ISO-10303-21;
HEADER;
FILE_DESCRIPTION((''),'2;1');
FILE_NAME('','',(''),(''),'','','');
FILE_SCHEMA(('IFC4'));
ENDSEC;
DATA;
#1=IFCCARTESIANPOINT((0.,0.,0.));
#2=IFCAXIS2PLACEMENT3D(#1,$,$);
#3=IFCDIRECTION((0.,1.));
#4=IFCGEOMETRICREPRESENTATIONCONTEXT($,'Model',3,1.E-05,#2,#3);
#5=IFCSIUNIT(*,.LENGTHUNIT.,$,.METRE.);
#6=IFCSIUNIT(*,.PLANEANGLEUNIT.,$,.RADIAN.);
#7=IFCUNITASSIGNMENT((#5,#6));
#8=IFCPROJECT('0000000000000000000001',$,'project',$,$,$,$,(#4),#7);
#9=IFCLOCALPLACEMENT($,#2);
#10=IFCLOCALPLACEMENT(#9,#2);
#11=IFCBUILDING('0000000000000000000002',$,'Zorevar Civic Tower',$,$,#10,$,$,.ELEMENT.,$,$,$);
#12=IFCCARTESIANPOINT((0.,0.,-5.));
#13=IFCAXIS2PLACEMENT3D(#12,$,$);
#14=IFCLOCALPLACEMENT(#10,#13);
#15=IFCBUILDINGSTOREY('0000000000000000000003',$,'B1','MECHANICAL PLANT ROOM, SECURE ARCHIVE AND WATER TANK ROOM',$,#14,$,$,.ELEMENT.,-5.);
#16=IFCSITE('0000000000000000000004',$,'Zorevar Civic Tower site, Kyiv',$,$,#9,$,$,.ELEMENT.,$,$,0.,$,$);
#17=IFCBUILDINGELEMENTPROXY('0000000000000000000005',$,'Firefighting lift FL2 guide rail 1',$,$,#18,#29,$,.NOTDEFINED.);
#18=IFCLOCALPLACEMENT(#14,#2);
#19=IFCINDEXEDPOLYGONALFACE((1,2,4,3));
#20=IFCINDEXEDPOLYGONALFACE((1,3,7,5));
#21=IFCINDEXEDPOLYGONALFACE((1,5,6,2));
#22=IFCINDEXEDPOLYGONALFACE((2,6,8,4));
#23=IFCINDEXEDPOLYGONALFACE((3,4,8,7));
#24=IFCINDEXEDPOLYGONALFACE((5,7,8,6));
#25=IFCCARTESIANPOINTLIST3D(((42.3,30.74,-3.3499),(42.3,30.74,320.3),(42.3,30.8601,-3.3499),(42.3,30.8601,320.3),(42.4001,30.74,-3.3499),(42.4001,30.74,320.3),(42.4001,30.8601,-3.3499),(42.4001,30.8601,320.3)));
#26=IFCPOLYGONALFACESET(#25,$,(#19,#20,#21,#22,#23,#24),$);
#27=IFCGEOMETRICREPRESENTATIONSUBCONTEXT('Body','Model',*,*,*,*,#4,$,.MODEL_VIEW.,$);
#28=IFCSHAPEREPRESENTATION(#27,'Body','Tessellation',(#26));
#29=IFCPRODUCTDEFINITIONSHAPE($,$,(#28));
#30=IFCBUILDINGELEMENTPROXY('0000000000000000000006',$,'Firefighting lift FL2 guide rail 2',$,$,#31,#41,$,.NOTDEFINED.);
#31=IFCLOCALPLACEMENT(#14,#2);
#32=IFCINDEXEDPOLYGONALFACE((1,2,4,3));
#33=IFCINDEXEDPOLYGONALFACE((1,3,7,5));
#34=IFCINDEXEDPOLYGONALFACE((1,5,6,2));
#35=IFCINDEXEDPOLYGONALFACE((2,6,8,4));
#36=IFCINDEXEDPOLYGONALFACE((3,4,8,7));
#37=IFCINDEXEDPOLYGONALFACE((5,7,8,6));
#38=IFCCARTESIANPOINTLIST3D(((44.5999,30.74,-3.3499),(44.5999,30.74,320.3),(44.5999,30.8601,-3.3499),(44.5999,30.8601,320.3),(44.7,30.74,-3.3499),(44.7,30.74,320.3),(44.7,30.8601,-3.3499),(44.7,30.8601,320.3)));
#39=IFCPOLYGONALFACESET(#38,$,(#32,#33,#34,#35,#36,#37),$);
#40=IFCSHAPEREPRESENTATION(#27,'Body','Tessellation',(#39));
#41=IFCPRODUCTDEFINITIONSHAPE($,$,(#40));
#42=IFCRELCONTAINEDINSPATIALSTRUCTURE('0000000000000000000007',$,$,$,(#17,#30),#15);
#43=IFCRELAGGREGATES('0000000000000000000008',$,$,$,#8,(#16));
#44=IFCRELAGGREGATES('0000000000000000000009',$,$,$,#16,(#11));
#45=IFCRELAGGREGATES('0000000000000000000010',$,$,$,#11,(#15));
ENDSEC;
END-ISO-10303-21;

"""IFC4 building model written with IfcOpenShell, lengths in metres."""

from ifc_helpers import new_model, si_unit, direction, frame, origin, origin_2d, place, context, subcontext, project, spatial, rectangle, extrude, element, save


model = new_model("IFC4")

# Units and contexts
model_context = context("Model", 3, precision=1e-05, world=origin(), true_north=direction((0.0, 1.0)))
body_context = subcontext(model_context, "Body", "Model", "MODEL_VIEW")
ifc_project = project(units=[si_unit("LENGTHUNIT", "METRE"), si_unit("PLANEANGLEUNIT", "RADIAN")], contexts=[model_context])

# Site, building, storey
site_placement = place(None, origin())
site = spatial("IfcSite", under=ifc_project, at=site_placement, Name="Zorevar Civic Tower site, Kyiv", CompositionType="ELEMENT", RefElevation=0.0)
building_placement = place(site_placement, origin())
building = spatial("IfcBuilding", under=site, at=building_placement, Name="Zorevar Civic Tower", CompositionType="ELEMENT")
storey_placement = place(building_placement, frame((0.0, 0.0, -5.0)))
storey = spatial("IfcBuildingStorey", under=building, at=storey_placement, Name="B1", Description="MECHANICAL PLANT ROOM, SECURE ARCHIVE AND WATER TANK ROOM", CompositionType="ELEMENT", Elevation=-5.0)

# Building element proxies
for number, where, z_axis, x_axis, name in (
    (1, (42.3501, 30.8, -3.3499), (0.0, 0.0, 1.0), (1.0, 0.0, 0.0), "Firefighting lift FL2 guide rail 1"),
    (2, (44.6499, 30.8, -3.3499), (0.0, 0.0, 1.0), (1.0, 0.0, 0.0), "Firefighting lift FL2 guide rail 2"),
):
    element("IfcBuildingElementProxy", number, at=place(storey_placement, frame(where, z_axis=z_axis, x_axis=x_axis)), inside=storey, Name=name, PredefinedType="NOTDEFINED", context=body_context, shape_type="SweptSolid", body=[
        extrude(rectangle(XDim=0.1001, YDim=0.1201, at=origin_2d()), origin(), (0.0, 0.0, 1.0), 323.6499),
    ])

save(model, "model.ifc")
